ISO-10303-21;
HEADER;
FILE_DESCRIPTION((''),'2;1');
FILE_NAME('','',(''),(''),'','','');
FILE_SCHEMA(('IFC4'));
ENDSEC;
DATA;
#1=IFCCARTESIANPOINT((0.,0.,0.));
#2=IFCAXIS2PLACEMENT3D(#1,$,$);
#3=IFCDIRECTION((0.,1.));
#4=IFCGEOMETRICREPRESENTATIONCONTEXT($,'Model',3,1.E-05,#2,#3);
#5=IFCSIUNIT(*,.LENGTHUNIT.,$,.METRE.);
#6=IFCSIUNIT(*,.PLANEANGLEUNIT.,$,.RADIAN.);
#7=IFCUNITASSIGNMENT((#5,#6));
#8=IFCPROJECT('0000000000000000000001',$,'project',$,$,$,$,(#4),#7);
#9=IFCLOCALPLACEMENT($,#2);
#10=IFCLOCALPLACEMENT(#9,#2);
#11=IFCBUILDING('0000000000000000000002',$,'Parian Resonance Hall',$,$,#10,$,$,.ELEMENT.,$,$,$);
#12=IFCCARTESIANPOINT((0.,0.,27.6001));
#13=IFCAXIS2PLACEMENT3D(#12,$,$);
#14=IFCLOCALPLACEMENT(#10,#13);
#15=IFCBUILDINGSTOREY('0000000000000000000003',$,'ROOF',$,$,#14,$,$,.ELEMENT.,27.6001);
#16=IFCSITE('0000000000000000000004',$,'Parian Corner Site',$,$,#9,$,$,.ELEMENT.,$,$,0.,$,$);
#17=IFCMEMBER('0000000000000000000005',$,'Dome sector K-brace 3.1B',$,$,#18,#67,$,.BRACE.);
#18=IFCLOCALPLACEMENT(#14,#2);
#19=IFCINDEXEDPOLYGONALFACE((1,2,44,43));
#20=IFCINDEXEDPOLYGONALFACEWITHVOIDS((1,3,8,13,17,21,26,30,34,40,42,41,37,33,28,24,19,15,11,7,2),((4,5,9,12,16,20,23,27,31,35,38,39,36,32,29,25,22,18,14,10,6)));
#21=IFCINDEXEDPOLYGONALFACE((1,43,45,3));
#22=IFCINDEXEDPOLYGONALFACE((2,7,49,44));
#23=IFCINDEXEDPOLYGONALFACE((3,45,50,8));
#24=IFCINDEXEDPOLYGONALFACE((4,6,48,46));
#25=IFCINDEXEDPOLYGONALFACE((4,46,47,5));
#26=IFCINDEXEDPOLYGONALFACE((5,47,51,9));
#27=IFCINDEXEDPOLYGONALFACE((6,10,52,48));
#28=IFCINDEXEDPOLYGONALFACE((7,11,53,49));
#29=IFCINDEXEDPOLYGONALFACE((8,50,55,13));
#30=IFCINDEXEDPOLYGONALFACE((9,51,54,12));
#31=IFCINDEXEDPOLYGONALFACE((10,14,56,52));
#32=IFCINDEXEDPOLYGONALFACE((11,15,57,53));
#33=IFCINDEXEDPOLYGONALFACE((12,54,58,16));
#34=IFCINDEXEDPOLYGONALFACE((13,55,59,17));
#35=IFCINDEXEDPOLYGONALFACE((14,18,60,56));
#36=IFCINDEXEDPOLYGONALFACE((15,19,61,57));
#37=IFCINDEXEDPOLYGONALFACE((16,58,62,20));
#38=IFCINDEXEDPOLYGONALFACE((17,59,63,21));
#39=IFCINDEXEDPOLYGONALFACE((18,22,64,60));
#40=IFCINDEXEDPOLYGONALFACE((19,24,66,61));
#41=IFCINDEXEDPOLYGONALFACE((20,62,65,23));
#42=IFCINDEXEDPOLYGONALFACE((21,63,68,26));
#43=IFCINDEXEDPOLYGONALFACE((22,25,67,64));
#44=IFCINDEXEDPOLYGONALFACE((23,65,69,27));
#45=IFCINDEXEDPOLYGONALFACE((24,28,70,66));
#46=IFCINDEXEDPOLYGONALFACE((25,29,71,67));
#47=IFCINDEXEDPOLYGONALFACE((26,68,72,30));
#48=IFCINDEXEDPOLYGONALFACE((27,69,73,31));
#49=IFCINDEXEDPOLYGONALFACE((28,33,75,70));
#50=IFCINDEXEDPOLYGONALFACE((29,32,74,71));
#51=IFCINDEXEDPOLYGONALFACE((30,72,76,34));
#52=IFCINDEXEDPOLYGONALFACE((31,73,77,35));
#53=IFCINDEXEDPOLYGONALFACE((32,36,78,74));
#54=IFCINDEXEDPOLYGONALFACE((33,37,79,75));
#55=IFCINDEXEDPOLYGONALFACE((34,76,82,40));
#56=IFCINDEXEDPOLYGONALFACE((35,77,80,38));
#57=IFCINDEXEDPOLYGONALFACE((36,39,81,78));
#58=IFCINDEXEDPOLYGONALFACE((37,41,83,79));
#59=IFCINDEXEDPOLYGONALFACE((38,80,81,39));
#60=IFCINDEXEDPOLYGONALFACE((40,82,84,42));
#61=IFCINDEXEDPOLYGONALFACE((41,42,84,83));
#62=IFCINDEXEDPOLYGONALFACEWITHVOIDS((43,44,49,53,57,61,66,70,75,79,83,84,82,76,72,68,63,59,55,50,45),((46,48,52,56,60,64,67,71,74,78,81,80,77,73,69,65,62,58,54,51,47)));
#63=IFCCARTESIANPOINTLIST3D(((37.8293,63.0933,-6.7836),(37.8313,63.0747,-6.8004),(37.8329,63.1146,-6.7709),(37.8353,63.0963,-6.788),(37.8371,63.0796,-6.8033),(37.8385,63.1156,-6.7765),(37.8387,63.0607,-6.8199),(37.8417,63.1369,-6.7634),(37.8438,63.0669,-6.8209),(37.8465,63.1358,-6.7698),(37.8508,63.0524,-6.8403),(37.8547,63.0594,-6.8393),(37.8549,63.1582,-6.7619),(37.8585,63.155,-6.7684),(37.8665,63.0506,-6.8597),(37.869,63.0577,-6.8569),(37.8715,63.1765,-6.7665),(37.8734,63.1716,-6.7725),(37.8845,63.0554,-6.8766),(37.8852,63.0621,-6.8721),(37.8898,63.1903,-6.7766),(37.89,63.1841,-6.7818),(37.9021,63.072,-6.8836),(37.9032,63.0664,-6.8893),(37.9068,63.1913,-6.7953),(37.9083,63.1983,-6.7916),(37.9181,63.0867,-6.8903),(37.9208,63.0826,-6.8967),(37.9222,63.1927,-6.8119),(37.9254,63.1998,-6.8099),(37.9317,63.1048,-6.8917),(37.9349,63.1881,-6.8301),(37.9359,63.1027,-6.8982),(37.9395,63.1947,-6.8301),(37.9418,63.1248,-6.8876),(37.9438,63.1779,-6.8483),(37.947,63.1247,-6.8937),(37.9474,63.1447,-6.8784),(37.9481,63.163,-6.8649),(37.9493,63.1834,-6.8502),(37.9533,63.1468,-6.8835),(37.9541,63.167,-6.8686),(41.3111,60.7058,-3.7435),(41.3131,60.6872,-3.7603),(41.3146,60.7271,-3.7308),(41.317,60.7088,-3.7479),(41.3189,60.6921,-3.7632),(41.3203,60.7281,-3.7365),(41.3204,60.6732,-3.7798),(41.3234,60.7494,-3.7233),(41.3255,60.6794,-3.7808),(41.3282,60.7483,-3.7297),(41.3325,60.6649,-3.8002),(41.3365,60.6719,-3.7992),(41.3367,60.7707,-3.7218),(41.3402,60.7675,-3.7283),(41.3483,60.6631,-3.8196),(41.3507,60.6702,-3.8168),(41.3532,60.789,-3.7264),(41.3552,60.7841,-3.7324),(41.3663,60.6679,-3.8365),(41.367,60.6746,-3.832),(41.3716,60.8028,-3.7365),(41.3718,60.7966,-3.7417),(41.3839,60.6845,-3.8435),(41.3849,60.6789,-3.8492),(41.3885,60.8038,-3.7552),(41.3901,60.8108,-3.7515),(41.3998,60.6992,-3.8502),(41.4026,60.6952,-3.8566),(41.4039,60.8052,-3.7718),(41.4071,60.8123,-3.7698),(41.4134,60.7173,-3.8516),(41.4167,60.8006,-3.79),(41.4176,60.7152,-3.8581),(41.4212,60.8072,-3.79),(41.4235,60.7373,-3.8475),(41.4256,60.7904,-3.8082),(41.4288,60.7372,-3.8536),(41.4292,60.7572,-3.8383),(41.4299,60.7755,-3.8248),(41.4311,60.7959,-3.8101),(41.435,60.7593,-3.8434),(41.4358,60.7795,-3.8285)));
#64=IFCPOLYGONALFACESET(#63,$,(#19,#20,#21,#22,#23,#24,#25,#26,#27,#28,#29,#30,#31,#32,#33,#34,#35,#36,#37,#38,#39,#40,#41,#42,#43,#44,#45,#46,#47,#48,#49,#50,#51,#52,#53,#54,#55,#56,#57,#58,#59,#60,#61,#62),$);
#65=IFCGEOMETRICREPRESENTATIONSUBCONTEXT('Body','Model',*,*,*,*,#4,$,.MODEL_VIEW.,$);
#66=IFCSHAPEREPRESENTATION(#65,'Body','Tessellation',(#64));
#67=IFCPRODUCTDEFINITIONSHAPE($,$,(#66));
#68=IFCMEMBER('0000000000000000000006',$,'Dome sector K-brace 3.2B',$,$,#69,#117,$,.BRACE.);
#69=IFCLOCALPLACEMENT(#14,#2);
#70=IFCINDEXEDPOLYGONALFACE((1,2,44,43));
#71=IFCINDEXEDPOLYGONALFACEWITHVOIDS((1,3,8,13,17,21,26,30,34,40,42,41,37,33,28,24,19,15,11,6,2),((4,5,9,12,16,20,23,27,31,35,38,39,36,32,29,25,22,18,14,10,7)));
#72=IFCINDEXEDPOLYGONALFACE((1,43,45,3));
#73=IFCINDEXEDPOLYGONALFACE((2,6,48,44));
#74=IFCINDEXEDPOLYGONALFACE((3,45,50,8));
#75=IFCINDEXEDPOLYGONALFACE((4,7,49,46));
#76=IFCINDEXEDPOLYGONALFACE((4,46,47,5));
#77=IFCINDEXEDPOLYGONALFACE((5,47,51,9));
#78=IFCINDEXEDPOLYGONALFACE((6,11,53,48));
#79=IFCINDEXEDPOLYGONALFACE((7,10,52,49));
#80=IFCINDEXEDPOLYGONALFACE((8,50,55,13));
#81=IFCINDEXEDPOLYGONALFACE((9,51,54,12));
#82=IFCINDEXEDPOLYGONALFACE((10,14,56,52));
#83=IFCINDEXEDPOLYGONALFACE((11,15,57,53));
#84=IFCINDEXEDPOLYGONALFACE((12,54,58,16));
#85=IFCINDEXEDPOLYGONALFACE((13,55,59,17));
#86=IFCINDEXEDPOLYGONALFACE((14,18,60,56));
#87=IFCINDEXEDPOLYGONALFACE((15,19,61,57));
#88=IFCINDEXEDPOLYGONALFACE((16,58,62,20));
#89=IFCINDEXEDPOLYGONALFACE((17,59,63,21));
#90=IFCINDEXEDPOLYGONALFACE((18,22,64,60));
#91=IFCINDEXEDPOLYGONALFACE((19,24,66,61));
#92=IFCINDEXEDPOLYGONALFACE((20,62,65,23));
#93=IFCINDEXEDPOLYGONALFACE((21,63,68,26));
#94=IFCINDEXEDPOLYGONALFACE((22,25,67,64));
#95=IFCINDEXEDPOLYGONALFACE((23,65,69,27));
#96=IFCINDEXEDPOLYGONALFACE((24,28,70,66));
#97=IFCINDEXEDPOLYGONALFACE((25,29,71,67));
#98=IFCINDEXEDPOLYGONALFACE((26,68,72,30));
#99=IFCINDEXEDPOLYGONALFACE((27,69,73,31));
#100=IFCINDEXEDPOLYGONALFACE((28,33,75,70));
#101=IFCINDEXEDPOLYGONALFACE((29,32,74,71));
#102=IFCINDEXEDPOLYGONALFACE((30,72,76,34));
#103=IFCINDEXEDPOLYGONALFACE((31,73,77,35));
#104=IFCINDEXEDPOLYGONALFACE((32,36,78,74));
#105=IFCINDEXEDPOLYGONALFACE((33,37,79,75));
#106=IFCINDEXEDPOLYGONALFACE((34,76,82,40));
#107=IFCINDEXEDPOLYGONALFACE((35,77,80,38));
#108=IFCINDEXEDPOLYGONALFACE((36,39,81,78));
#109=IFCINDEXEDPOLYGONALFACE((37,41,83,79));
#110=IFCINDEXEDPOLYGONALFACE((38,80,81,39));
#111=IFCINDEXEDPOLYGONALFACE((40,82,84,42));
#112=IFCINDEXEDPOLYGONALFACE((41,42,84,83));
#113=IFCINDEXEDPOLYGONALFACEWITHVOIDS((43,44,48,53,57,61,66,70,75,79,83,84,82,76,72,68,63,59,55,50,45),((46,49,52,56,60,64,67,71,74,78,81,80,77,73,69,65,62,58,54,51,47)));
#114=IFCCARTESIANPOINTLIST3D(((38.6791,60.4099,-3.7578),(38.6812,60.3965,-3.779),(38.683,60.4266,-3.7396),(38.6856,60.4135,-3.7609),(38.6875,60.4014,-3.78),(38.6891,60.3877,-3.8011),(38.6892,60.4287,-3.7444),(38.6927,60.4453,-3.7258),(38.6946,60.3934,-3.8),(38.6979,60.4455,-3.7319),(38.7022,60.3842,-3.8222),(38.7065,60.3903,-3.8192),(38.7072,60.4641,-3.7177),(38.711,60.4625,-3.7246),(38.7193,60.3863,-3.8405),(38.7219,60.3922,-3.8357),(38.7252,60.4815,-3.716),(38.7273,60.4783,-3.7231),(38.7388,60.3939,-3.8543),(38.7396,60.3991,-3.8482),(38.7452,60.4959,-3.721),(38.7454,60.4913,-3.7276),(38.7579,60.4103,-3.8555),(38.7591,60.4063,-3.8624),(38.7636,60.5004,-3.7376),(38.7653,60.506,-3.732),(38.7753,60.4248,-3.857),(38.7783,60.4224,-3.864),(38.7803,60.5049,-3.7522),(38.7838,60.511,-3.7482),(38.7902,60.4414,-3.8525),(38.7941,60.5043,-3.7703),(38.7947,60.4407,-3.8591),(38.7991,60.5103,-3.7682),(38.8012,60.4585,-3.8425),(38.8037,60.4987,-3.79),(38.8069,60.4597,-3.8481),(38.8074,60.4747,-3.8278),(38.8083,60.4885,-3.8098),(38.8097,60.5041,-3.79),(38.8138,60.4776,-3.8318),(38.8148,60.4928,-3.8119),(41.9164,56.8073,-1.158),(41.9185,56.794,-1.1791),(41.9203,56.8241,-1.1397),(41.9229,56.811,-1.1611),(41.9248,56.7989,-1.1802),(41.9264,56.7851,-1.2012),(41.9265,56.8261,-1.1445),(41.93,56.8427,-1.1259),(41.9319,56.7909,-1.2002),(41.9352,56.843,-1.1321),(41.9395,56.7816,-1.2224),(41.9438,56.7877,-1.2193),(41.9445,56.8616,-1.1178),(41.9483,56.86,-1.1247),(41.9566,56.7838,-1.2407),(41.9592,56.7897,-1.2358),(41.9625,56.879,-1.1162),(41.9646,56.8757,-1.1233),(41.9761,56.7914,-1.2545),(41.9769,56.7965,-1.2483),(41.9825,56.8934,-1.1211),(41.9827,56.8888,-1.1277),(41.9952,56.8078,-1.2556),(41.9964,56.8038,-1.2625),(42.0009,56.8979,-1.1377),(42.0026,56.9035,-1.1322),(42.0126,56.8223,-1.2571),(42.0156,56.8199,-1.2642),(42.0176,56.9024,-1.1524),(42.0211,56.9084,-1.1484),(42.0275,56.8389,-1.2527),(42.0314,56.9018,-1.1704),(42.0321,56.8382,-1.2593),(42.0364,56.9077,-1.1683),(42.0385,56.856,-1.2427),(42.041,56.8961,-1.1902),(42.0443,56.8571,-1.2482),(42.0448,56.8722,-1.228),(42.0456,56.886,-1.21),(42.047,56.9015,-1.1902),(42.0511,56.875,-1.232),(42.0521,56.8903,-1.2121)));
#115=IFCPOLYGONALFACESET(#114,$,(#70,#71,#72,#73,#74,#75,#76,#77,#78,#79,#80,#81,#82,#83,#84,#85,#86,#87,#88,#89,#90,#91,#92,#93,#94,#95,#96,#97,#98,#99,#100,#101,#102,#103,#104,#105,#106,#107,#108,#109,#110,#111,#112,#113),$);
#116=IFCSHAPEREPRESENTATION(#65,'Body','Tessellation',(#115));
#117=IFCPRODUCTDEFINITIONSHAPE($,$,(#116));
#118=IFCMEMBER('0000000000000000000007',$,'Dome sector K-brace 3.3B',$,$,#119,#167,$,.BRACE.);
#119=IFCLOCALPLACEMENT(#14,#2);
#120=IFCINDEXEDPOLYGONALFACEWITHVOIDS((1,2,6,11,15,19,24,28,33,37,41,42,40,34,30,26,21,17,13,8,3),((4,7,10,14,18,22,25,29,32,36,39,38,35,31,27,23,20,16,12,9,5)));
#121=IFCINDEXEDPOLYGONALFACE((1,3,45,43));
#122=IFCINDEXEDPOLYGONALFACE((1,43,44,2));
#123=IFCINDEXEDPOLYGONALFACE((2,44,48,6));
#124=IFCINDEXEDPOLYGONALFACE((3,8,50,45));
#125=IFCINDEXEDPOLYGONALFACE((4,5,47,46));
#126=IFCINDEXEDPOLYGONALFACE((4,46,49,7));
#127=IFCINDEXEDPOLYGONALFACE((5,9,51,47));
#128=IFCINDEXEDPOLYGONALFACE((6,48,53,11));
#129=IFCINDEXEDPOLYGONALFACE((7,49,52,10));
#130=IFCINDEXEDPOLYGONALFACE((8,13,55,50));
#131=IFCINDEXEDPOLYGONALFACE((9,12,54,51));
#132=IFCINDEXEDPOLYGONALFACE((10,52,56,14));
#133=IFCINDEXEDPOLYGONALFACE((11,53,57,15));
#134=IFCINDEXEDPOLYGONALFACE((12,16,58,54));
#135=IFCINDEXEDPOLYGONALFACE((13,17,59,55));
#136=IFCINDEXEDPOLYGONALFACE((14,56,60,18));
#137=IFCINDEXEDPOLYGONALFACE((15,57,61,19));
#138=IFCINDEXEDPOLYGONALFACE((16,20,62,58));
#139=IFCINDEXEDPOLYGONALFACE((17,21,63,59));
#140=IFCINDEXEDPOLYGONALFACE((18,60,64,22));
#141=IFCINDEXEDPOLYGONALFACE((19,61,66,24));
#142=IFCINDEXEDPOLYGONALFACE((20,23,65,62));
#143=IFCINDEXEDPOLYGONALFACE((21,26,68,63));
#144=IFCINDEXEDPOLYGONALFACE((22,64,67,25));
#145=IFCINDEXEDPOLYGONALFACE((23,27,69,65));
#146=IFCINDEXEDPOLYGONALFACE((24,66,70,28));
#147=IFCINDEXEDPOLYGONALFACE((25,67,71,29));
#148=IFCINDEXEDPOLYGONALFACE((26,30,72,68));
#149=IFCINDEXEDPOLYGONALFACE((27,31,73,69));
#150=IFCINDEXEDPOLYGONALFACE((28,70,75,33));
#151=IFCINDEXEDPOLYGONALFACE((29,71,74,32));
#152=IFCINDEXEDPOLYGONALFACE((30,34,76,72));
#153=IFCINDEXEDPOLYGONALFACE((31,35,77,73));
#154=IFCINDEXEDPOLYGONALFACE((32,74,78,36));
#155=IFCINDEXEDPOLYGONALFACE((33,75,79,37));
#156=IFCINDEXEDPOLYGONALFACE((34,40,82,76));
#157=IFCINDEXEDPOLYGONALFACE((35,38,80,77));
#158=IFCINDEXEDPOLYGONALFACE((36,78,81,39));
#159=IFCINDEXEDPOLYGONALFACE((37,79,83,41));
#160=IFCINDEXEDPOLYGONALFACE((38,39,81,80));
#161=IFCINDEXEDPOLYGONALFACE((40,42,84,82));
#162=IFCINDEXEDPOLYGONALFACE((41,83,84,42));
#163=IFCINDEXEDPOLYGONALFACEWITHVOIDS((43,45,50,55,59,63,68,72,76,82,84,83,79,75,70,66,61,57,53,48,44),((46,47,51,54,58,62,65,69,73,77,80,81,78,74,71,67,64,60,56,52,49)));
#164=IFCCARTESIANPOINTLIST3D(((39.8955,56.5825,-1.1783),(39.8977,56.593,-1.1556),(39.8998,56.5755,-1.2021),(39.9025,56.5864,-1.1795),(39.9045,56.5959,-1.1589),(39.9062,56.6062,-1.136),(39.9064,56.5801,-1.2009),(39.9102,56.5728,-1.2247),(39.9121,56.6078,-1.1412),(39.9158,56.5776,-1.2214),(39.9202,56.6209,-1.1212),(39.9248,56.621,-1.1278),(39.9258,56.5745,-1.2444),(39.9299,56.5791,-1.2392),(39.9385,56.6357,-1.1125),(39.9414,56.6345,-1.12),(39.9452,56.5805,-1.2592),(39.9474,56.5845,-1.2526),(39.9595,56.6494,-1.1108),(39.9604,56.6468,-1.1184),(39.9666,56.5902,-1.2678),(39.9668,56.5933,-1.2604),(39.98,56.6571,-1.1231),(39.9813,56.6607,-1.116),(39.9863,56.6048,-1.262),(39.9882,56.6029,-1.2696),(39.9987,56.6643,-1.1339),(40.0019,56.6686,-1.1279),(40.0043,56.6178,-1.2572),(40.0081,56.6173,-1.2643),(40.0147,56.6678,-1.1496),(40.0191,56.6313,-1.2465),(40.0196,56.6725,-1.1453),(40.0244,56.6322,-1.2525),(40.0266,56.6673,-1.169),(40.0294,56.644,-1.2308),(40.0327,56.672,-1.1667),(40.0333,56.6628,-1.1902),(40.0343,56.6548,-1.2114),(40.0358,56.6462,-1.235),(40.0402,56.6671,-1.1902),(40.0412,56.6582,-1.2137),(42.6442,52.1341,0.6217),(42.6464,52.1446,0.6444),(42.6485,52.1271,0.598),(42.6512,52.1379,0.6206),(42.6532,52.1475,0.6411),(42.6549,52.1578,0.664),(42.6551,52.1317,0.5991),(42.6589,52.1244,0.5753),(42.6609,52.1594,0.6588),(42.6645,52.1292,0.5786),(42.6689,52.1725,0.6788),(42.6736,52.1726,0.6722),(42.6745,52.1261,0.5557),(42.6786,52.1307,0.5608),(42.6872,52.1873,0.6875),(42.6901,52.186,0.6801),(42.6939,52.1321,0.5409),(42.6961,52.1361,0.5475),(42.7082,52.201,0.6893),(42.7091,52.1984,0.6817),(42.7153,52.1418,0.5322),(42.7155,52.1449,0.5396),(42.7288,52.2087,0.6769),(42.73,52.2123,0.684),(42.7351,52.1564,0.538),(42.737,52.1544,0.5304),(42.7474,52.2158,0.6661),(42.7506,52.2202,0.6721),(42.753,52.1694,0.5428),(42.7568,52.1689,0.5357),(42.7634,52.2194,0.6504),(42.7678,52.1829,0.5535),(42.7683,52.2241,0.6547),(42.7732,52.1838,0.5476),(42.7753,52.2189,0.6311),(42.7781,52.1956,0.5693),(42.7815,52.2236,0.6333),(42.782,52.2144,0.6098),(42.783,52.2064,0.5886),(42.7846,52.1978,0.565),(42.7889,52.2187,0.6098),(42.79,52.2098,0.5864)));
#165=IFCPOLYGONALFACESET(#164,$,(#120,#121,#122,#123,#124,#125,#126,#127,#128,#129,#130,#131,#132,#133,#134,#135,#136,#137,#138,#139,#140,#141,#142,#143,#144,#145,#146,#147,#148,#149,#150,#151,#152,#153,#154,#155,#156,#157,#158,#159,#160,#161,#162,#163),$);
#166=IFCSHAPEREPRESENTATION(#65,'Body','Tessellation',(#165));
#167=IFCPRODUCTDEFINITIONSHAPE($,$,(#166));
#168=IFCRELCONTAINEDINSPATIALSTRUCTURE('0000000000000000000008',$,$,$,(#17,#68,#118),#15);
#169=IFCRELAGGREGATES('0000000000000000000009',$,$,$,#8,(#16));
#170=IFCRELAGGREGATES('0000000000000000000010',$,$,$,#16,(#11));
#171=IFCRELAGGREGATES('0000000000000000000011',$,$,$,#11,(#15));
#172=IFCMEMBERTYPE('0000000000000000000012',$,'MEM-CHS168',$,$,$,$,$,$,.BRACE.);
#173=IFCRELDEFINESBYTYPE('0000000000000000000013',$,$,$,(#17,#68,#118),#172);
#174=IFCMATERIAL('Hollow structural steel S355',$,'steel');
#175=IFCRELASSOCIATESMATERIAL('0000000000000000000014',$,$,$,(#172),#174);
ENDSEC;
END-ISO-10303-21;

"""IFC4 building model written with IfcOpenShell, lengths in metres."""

from ifc_helpers import new_model, si_unit, direction, frame, origin, origin_2d, place, context, subcontext, project, spatial, hollow_circle, extrude, material, material_profile, profile_set, type_object, element, save


model = new_model("IFC4")

# Units and contexts
model_context = context("Model", 3, precision=1e-05, world=origin(), true_north=direction((0.0, 1.0)))
body_context = subcontext(model_context, "Body", "Model", "MODEL_VIEW")
ifc_project = project(units=[si_unit("LENGTHUNIT", "METRE"), si_unit("PLANEANGLEUNIT", "RADIAN")], contexts=[model_context])

# Site, building, storey
site_placement = place(None, origin())
site = spatial("IfcSite", under=ifc_project, at=site_placement, Name="Parian Corner Site", CompositionType="ELEMENT", RefElevation=0.0)
building_placement = place(site_placement, origin())
building = spatial("IfcBuilding", under=site, at=building_placement, Name="Parian Resonance Hall", CompositionType="ELEMENT")
storey_placement = place(building_placement, frame((0.0, 0.0, 27.6001)))
storey = spatial("IfcBuildingStorey", under=building, at=storey_placement, Name="ROOF", CompositionType="ELEMENT", Elevation=27.6001)

# Members
ifc_material_1 = material(Name="Hollow structural steel S355", Category="steel")
ifc_material_profile_1 = material_profile(ifc_material_1, hollow_circle(Radius=0.0842, WallThickness=0.0081, at=origin_2d()), Name="CHS168.3x8")
ifc_profile_set_1 = profile_set([ifc_material_profile_1], Name="Hollow structural steel S355")
member_type_1 = type_object("IfcMemberType", Name="MEM-CHS168", PredefinedType="BRACE", material=ifc_profile_set_1)
member_1_placement = place(storey_placement, frame((37.8918, 63.1252, -6.8301), z_axis=(0.66926, -0.458922, 0.584364), x_axis=(0.565529, 0.824728, 0.0)))
element("IfcMember", 1, at=member_1_placement, inside=storey, type_object=member_type_1, Name="Dome sector K-brace 3.1B", PredefinedType="BRACE", context=body_context, shape_type="SweptSolid", body=[
    extrude(hollow_circle(Radius=0.0842, WallThickness=0.0081, at=origin_2d()), origin(), (0.0, 0.0, 1.0), 5.2024),
])
member_2_placement = place(storey_placement, frame((38.7471, 60.4478, -3.79), z_axis=(0.588916, -0.655357, 0.472953), x_axis=(0.743805, 0.668396, 0.0)))
element("IfcMember", 2, at=member_2_placement, inside=storey, type_object=member_type_1, Name="Dome sector K-brace 3.2B", PredefinedType="BRACE", context=body_context, shape_type="SweptSolid", body=[
    extrude(hollow_circle(Radius=0.0842, WallThickness=0.0081, at=origin_2d()), origin(), (0.0, 0.0, 1.0), 5.4971),
])
member_3_placement = place(storey_placement, frame((39.9685, 56.6228, -1.1902), z_axis=(0.497034, -0.804374, 0.325484), x_axis=(0.850697, 0.525657, 0.0)))
element("IfcMember", 3, at=member_3_placement, inside=storey, type_object=member_type_1, Name="Dome sector K-brace 3.3B", PredefinedType="BRACE", context=body_context, shape_type="SweptSolid", body=[
    extrude(hollow_circle(Radius=0.0842, WallThickness=0.0081, at=origin_2d()), origin(), (0.0, 0.0, 1.0), 5.5303),
])

save(model, "model.ifc")
